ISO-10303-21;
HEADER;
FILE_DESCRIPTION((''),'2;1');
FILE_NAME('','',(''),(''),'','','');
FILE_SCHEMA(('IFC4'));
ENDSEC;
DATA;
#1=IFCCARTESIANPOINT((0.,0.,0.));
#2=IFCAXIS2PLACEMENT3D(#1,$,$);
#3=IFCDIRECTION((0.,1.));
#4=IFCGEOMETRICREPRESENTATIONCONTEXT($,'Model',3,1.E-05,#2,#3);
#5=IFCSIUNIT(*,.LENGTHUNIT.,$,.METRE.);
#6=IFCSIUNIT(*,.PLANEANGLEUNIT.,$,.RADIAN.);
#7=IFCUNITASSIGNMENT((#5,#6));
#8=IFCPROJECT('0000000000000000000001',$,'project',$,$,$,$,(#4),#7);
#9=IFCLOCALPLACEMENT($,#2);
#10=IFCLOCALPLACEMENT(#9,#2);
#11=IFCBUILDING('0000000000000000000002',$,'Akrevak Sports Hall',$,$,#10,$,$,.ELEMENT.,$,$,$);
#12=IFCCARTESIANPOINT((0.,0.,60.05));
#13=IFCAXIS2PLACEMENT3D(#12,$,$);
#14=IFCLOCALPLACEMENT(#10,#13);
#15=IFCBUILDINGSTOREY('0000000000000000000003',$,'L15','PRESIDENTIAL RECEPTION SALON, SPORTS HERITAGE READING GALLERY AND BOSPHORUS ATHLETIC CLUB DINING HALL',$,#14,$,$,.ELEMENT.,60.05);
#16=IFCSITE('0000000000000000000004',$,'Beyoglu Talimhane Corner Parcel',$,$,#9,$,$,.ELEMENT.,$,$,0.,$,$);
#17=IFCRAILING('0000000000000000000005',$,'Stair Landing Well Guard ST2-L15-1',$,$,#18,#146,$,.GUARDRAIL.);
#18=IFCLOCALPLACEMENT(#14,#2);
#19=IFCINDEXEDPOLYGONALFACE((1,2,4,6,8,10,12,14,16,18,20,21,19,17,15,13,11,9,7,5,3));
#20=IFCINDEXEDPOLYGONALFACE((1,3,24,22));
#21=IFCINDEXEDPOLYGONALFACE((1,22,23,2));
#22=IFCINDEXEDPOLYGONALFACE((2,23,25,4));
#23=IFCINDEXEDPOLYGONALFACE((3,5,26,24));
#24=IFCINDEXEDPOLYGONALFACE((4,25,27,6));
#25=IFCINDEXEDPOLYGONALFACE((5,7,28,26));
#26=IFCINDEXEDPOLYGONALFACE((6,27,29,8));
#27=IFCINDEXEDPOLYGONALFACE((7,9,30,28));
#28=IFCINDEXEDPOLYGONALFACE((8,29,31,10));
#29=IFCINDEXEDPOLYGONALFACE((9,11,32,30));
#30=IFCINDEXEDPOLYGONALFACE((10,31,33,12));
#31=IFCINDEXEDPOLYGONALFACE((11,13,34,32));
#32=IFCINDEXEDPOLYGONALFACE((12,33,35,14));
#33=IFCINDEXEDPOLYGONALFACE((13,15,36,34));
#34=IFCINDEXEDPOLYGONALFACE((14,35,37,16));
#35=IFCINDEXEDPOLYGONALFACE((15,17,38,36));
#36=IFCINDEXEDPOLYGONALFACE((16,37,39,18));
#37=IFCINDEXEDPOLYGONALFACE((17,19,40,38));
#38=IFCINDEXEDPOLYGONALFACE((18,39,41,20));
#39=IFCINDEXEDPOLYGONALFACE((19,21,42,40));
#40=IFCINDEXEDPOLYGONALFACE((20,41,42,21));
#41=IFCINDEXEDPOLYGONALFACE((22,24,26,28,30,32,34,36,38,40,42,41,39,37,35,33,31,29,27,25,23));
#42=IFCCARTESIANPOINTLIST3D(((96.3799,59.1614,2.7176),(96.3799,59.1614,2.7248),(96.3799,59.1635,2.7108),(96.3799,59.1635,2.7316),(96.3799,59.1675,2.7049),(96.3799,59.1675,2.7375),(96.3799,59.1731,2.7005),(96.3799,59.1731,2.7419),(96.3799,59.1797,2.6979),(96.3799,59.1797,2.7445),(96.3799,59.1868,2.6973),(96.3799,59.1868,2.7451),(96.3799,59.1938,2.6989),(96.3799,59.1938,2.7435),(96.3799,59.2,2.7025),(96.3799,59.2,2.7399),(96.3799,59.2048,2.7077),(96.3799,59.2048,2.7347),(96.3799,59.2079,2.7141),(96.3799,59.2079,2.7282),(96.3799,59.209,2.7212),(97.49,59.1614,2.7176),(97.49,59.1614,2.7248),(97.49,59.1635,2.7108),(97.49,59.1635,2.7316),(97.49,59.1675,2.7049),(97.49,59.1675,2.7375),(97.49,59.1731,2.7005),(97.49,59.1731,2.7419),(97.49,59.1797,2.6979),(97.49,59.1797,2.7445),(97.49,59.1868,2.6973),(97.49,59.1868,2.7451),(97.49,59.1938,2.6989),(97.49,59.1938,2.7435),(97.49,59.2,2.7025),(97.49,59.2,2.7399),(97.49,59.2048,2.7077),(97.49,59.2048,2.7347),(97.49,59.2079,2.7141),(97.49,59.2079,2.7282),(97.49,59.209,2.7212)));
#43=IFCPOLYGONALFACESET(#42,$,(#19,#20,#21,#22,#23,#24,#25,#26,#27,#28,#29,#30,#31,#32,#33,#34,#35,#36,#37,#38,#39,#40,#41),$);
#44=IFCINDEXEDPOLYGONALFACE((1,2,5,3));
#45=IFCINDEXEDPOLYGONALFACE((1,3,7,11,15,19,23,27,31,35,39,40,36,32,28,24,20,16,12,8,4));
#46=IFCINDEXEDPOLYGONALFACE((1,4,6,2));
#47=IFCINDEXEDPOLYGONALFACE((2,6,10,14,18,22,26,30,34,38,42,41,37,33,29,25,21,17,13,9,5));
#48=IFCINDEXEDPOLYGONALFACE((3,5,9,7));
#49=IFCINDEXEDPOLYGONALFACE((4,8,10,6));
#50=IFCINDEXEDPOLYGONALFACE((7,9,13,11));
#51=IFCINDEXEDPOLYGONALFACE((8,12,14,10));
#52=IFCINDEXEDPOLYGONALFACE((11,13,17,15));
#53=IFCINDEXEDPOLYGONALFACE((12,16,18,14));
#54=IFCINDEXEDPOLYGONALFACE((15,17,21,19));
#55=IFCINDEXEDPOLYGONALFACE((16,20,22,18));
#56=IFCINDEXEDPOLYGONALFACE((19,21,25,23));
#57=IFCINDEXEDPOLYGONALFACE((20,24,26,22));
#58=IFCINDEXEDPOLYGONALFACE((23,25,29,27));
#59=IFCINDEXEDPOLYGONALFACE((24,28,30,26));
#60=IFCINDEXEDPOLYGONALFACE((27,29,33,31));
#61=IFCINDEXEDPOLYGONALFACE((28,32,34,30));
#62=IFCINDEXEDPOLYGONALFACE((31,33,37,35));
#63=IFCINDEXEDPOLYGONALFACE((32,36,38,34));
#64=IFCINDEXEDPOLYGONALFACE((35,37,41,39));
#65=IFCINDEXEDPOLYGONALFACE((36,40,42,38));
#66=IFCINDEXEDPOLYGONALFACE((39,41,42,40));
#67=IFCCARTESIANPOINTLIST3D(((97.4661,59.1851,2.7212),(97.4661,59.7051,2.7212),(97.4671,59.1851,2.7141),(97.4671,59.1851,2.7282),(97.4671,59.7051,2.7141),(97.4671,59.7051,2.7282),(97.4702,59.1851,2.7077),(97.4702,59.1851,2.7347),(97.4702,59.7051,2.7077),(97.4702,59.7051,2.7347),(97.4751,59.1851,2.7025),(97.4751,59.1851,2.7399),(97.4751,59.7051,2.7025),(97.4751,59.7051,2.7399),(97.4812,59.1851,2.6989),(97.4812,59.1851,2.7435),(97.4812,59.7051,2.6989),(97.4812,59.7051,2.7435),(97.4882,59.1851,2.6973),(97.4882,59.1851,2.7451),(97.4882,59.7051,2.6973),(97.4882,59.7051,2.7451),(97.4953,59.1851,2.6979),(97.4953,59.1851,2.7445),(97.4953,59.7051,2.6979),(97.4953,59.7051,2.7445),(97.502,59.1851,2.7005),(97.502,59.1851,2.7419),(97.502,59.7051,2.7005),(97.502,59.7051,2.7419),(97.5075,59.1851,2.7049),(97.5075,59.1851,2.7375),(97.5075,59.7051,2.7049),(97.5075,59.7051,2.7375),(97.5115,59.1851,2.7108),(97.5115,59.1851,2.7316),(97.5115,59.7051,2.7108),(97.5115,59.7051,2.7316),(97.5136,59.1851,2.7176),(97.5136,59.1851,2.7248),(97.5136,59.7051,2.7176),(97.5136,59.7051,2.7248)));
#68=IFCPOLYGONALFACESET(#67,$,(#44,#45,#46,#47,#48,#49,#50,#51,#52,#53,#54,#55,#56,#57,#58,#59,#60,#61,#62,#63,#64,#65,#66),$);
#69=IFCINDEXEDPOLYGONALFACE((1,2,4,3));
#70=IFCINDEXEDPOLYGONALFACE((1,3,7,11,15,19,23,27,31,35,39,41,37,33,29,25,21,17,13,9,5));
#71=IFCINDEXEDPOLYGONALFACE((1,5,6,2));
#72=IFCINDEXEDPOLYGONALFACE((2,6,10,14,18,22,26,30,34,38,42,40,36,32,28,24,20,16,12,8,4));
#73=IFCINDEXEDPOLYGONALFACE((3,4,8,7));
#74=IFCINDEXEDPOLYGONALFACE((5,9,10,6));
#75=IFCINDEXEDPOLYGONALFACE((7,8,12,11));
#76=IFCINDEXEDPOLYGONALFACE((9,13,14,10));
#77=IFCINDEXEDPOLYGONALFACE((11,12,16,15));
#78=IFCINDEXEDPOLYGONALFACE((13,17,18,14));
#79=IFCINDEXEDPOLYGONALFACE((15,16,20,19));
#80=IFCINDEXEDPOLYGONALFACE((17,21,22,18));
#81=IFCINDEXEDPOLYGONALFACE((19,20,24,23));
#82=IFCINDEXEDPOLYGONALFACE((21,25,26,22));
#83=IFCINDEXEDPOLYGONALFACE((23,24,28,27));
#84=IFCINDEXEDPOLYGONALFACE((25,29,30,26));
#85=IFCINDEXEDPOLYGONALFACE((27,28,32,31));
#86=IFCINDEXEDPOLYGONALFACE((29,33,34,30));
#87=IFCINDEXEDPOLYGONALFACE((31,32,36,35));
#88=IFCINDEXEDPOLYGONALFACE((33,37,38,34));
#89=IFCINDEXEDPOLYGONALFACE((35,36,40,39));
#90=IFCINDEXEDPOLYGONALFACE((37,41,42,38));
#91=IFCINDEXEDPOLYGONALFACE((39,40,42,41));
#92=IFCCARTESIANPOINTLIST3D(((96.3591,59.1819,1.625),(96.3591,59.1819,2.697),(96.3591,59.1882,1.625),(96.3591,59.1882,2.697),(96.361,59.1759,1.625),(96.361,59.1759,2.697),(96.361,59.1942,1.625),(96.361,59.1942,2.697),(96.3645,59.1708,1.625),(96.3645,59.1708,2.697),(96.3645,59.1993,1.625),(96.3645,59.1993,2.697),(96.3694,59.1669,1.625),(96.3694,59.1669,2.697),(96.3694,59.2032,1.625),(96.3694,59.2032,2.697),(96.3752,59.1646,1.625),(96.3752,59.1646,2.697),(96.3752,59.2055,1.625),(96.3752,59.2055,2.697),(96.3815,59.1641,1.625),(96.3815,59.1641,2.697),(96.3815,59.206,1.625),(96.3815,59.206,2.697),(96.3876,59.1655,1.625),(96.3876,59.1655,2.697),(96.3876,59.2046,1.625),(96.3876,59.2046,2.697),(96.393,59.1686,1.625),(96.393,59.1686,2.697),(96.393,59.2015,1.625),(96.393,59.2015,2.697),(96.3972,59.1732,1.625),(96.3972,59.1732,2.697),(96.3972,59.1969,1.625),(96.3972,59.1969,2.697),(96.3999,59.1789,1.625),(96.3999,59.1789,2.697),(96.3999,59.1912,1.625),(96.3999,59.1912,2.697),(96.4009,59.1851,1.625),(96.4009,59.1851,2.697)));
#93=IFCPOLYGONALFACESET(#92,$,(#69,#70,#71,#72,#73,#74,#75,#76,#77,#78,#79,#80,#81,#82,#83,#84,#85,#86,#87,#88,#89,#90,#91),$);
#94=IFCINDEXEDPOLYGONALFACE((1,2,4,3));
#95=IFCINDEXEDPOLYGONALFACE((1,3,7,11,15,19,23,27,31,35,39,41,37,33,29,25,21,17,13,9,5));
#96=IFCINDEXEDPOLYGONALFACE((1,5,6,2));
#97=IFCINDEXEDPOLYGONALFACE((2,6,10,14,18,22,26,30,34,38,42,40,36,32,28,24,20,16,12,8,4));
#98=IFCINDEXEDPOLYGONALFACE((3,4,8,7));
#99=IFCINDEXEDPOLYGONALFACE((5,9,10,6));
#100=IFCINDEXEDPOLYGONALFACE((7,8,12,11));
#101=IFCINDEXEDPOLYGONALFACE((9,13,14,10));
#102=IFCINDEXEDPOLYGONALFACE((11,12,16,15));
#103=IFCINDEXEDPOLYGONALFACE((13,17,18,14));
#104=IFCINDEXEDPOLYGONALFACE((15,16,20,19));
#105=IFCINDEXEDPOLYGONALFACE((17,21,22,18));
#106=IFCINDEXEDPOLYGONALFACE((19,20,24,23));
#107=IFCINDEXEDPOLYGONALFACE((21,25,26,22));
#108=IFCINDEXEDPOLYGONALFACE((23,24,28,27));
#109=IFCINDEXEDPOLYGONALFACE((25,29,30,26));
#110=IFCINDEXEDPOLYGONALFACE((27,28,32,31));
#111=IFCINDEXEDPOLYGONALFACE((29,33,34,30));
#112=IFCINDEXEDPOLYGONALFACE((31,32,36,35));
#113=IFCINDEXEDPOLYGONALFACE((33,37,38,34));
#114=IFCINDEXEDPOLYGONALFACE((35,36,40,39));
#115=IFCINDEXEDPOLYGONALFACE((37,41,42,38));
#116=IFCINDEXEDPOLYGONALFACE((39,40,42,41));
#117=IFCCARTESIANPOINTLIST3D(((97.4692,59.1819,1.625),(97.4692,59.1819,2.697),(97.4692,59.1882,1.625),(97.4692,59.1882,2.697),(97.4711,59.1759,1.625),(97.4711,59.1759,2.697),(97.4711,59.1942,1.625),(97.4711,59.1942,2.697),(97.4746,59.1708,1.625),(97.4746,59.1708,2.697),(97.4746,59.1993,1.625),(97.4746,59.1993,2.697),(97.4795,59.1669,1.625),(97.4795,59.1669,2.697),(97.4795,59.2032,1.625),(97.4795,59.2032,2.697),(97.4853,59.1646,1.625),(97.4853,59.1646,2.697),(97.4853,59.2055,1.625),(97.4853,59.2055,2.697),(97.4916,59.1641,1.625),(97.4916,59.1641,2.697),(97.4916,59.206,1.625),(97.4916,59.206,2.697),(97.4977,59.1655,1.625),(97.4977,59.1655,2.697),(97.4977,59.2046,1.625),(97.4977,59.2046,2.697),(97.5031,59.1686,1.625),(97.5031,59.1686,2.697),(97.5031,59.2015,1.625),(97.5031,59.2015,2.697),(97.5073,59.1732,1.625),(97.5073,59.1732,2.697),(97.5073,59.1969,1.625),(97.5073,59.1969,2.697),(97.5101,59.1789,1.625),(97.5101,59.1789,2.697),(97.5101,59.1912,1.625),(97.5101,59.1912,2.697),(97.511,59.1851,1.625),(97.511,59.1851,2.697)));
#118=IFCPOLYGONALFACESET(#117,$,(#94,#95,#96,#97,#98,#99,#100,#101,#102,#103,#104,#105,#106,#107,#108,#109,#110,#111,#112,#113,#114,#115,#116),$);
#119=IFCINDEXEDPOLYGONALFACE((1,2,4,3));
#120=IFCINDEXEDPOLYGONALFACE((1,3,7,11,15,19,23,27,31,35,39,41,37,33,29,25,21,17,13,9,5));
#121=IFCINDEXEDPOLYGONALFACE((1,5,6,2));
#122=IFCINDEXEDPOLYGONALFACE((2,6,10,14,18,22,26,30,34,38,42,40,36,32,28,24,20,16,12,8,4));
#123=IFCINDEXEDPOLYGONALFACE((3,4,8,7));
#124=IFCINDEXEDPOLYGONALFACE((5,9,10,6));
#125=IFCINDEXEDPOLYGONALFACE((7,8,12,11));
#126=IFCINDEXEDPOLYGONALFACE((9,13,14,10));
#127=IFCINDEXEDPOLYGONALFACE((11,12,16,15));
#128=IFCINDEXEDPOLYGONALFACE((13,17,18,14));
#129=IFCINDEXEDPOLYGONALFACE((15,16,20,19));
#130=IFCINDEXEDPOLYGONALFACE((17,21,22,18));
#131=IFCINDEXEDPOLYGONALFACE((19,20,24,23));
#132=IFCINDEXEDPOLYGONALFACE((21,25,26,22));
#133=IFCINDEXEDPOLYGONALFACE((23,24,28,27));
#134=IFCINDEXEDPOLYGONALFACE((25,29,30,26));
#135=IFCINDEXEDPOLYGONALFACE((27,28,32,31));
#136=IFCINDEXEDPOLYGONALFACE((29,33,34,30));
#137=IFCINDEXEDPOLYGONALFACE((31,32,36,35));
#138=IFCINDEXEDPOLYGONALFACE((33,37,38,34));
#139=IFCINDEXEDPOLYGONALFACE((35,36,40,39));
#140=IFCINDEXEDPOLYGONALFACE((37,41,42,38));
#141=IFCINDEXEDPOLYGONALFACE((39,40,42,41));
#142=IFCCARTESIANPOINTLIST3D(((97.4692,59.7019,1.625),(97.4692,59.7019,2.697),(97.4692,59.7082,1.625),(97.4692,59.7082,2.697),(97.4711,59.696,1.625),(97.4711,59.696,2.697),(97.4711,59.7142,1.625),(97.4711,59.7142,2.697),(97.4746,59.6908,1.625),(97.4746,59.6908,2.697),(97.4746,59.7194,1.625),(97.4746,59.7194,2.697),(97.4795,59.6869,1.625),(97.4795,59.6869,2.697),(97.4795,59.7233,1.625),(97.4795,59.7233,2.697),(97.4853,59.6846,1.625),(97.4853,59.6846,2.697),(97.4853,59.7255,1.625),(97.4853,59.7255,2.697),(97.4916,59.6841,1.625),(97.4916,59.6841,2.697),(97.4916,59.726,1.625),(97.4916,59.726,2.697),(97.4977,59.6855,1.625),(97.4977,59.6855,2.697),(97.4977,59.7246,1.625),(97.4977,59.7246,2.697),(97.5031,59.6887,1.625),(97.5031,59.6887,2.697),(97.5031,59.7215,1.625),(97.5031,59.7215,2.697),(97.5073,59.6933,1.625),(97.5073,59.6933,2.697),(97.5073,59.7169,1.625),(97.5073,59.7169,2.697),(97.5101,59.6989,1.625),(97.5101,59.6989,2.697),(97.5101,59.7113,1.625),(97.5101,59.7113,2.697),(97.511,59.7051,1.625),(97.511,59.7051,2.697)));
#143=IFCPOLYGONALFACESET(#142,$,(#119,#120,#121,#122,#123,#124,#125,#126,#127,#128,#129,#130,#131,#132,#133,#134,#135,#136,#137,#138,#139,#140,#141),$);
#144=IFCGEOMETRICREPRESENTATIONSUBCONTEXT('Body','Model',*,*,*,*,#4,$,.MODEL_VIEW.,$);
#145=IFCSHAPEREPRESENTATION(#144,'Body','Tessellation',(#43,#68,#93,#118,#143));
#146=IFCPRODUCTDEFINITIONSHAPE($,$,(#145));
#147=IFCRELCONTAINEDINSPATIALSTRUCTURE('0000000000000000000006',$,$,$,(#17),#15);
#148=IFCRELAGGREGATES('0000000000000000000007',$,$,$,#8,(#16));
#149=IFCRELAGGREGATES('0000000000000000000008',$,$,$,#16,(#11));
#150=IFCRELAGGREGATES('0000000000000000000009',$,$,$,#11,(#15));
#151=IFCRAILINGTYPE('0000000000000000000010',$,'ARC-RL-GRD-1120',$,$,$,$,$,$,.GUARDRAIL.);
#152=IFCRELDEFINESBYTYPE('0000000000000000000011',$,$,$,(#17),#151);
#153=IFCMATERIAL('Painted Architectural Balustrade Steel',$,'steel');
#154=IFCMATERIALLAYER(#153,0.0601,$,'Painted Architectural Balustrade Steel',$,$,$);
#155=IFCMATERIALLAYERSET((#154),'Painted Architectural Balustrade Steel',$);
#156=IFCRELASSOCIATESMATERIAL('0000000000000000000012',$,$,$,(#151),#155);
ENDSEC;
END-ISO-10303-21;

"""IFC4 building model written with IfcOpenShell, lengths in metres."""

from ifc_helpers import new_model, si_unit, direction, frame, origin, origin_2d, place, context, subcontext, project, spatial, circle, extrude, material, layer, layer_set, type_object, element, save


model = new_model("IFC4")

# Units and contexts
model_context = context("Model", 3, precision=1e-05, world=origin(), true_north=direction((0.0, 1.0)))
body_context = subcontext(model_context, "Body", "Model", "MODEL_VIEW")
ifc_project = project(units=[si_unit("LENGTHUNIT", "METRE"), si_unit("PLANEANGLEUNIT", "RADIAN")], contexts=[model_context])

# Site, building, storey
site_placement = place(None, origin())
site = spatial("IfcSite", under=ifc_project, at=site_placement, Name="Beyoglu Talimhane Corner Parcel", CompositionType="ELEMENT", RefElevation=0.0)
building_placement = place(site_placement, origin())
building = spatial("IfcBuilding", under=site, at=building_placement, Name="Akrevak Sports Hall", CompositionType="ELEMENT")
storey_placement = place(building_placement, frame((0.0, 0.0, 60.05)))
storey = spatial("IfcBuildingStorey", under=building, at=storey_placement, Name="L15", Description="PRESIDENTIAL RECEPTION SALON, SPORTS HERITAGE READING GALLERY AND BOSPHORUS ATHLETIC CLUB DINING HALL", CompositionType="ELEMENT", Elevation=60.05)

# Railing
ifc_material_1 = material(Name="Painted Architectural Balustrade Steel", Category="steel")
ifc_layer_1 = layer(ifc_material_1, 0.0601, Name="Painted Architectural Balustrade Steel")
ifc_layer_set_1 = layer_set([ifc_layer_1], Name="Painted Architectural Balustrade Steel")
railing_type_1 = type_object("IfcRailingType", Name="ARC-RL-GRD-1120", PredefinedType="GUARDRAIL", material=ifc_layer_set_1)
railing_1_placement = place(storey_placement, frame((96.3799, 59.1851, 1.625)))
element("IfcRailing", 1, at=railing_1_placement, inside=storey, type_object=railing_type_1, Name="Stair Landing Well Guard ST2-L15-1", PredefinedType="GUARDRAIL", context=body_context, shape_type="SweptSolid", body=[
    extrude(circle(Radius=0.0239, at=origin_2d()), frame((0.0, 0.0, 1.0962), z_axis=(1.0, 0.0, 0.0), x_axis=(0.0, 1.0, 0.0)), (0.0, 0.0, 1.0), 1.1101),
    extrude(circle(Radius=0.0239, at=origin_2d()), frame((1.1101, 0.0, 1.0962), z_axis=(0.0, 1.0, 0.0), x_axis=(-1.0, 0.0, 0.0)), (0.0, 0.0, 1.0), 0.52),
    extrude(circle(Radius=0.021, at=origin_2d()), origin(), (0.0, 0.0, 1.0), 1.072),
    extrude(circle(Radius=0.021, at=origin_2d()), frame((1.1101, 0.0, 0.0)), (0.0, 0.0, 1.0), 1.072),
    extrude(circle(Radius=0.021, at=origin_2d()), frame((1.1101, 0.52, 0.0)), (0.0, 0.0, 1.0), 1.072),
])

save(model, "model.ifc")
